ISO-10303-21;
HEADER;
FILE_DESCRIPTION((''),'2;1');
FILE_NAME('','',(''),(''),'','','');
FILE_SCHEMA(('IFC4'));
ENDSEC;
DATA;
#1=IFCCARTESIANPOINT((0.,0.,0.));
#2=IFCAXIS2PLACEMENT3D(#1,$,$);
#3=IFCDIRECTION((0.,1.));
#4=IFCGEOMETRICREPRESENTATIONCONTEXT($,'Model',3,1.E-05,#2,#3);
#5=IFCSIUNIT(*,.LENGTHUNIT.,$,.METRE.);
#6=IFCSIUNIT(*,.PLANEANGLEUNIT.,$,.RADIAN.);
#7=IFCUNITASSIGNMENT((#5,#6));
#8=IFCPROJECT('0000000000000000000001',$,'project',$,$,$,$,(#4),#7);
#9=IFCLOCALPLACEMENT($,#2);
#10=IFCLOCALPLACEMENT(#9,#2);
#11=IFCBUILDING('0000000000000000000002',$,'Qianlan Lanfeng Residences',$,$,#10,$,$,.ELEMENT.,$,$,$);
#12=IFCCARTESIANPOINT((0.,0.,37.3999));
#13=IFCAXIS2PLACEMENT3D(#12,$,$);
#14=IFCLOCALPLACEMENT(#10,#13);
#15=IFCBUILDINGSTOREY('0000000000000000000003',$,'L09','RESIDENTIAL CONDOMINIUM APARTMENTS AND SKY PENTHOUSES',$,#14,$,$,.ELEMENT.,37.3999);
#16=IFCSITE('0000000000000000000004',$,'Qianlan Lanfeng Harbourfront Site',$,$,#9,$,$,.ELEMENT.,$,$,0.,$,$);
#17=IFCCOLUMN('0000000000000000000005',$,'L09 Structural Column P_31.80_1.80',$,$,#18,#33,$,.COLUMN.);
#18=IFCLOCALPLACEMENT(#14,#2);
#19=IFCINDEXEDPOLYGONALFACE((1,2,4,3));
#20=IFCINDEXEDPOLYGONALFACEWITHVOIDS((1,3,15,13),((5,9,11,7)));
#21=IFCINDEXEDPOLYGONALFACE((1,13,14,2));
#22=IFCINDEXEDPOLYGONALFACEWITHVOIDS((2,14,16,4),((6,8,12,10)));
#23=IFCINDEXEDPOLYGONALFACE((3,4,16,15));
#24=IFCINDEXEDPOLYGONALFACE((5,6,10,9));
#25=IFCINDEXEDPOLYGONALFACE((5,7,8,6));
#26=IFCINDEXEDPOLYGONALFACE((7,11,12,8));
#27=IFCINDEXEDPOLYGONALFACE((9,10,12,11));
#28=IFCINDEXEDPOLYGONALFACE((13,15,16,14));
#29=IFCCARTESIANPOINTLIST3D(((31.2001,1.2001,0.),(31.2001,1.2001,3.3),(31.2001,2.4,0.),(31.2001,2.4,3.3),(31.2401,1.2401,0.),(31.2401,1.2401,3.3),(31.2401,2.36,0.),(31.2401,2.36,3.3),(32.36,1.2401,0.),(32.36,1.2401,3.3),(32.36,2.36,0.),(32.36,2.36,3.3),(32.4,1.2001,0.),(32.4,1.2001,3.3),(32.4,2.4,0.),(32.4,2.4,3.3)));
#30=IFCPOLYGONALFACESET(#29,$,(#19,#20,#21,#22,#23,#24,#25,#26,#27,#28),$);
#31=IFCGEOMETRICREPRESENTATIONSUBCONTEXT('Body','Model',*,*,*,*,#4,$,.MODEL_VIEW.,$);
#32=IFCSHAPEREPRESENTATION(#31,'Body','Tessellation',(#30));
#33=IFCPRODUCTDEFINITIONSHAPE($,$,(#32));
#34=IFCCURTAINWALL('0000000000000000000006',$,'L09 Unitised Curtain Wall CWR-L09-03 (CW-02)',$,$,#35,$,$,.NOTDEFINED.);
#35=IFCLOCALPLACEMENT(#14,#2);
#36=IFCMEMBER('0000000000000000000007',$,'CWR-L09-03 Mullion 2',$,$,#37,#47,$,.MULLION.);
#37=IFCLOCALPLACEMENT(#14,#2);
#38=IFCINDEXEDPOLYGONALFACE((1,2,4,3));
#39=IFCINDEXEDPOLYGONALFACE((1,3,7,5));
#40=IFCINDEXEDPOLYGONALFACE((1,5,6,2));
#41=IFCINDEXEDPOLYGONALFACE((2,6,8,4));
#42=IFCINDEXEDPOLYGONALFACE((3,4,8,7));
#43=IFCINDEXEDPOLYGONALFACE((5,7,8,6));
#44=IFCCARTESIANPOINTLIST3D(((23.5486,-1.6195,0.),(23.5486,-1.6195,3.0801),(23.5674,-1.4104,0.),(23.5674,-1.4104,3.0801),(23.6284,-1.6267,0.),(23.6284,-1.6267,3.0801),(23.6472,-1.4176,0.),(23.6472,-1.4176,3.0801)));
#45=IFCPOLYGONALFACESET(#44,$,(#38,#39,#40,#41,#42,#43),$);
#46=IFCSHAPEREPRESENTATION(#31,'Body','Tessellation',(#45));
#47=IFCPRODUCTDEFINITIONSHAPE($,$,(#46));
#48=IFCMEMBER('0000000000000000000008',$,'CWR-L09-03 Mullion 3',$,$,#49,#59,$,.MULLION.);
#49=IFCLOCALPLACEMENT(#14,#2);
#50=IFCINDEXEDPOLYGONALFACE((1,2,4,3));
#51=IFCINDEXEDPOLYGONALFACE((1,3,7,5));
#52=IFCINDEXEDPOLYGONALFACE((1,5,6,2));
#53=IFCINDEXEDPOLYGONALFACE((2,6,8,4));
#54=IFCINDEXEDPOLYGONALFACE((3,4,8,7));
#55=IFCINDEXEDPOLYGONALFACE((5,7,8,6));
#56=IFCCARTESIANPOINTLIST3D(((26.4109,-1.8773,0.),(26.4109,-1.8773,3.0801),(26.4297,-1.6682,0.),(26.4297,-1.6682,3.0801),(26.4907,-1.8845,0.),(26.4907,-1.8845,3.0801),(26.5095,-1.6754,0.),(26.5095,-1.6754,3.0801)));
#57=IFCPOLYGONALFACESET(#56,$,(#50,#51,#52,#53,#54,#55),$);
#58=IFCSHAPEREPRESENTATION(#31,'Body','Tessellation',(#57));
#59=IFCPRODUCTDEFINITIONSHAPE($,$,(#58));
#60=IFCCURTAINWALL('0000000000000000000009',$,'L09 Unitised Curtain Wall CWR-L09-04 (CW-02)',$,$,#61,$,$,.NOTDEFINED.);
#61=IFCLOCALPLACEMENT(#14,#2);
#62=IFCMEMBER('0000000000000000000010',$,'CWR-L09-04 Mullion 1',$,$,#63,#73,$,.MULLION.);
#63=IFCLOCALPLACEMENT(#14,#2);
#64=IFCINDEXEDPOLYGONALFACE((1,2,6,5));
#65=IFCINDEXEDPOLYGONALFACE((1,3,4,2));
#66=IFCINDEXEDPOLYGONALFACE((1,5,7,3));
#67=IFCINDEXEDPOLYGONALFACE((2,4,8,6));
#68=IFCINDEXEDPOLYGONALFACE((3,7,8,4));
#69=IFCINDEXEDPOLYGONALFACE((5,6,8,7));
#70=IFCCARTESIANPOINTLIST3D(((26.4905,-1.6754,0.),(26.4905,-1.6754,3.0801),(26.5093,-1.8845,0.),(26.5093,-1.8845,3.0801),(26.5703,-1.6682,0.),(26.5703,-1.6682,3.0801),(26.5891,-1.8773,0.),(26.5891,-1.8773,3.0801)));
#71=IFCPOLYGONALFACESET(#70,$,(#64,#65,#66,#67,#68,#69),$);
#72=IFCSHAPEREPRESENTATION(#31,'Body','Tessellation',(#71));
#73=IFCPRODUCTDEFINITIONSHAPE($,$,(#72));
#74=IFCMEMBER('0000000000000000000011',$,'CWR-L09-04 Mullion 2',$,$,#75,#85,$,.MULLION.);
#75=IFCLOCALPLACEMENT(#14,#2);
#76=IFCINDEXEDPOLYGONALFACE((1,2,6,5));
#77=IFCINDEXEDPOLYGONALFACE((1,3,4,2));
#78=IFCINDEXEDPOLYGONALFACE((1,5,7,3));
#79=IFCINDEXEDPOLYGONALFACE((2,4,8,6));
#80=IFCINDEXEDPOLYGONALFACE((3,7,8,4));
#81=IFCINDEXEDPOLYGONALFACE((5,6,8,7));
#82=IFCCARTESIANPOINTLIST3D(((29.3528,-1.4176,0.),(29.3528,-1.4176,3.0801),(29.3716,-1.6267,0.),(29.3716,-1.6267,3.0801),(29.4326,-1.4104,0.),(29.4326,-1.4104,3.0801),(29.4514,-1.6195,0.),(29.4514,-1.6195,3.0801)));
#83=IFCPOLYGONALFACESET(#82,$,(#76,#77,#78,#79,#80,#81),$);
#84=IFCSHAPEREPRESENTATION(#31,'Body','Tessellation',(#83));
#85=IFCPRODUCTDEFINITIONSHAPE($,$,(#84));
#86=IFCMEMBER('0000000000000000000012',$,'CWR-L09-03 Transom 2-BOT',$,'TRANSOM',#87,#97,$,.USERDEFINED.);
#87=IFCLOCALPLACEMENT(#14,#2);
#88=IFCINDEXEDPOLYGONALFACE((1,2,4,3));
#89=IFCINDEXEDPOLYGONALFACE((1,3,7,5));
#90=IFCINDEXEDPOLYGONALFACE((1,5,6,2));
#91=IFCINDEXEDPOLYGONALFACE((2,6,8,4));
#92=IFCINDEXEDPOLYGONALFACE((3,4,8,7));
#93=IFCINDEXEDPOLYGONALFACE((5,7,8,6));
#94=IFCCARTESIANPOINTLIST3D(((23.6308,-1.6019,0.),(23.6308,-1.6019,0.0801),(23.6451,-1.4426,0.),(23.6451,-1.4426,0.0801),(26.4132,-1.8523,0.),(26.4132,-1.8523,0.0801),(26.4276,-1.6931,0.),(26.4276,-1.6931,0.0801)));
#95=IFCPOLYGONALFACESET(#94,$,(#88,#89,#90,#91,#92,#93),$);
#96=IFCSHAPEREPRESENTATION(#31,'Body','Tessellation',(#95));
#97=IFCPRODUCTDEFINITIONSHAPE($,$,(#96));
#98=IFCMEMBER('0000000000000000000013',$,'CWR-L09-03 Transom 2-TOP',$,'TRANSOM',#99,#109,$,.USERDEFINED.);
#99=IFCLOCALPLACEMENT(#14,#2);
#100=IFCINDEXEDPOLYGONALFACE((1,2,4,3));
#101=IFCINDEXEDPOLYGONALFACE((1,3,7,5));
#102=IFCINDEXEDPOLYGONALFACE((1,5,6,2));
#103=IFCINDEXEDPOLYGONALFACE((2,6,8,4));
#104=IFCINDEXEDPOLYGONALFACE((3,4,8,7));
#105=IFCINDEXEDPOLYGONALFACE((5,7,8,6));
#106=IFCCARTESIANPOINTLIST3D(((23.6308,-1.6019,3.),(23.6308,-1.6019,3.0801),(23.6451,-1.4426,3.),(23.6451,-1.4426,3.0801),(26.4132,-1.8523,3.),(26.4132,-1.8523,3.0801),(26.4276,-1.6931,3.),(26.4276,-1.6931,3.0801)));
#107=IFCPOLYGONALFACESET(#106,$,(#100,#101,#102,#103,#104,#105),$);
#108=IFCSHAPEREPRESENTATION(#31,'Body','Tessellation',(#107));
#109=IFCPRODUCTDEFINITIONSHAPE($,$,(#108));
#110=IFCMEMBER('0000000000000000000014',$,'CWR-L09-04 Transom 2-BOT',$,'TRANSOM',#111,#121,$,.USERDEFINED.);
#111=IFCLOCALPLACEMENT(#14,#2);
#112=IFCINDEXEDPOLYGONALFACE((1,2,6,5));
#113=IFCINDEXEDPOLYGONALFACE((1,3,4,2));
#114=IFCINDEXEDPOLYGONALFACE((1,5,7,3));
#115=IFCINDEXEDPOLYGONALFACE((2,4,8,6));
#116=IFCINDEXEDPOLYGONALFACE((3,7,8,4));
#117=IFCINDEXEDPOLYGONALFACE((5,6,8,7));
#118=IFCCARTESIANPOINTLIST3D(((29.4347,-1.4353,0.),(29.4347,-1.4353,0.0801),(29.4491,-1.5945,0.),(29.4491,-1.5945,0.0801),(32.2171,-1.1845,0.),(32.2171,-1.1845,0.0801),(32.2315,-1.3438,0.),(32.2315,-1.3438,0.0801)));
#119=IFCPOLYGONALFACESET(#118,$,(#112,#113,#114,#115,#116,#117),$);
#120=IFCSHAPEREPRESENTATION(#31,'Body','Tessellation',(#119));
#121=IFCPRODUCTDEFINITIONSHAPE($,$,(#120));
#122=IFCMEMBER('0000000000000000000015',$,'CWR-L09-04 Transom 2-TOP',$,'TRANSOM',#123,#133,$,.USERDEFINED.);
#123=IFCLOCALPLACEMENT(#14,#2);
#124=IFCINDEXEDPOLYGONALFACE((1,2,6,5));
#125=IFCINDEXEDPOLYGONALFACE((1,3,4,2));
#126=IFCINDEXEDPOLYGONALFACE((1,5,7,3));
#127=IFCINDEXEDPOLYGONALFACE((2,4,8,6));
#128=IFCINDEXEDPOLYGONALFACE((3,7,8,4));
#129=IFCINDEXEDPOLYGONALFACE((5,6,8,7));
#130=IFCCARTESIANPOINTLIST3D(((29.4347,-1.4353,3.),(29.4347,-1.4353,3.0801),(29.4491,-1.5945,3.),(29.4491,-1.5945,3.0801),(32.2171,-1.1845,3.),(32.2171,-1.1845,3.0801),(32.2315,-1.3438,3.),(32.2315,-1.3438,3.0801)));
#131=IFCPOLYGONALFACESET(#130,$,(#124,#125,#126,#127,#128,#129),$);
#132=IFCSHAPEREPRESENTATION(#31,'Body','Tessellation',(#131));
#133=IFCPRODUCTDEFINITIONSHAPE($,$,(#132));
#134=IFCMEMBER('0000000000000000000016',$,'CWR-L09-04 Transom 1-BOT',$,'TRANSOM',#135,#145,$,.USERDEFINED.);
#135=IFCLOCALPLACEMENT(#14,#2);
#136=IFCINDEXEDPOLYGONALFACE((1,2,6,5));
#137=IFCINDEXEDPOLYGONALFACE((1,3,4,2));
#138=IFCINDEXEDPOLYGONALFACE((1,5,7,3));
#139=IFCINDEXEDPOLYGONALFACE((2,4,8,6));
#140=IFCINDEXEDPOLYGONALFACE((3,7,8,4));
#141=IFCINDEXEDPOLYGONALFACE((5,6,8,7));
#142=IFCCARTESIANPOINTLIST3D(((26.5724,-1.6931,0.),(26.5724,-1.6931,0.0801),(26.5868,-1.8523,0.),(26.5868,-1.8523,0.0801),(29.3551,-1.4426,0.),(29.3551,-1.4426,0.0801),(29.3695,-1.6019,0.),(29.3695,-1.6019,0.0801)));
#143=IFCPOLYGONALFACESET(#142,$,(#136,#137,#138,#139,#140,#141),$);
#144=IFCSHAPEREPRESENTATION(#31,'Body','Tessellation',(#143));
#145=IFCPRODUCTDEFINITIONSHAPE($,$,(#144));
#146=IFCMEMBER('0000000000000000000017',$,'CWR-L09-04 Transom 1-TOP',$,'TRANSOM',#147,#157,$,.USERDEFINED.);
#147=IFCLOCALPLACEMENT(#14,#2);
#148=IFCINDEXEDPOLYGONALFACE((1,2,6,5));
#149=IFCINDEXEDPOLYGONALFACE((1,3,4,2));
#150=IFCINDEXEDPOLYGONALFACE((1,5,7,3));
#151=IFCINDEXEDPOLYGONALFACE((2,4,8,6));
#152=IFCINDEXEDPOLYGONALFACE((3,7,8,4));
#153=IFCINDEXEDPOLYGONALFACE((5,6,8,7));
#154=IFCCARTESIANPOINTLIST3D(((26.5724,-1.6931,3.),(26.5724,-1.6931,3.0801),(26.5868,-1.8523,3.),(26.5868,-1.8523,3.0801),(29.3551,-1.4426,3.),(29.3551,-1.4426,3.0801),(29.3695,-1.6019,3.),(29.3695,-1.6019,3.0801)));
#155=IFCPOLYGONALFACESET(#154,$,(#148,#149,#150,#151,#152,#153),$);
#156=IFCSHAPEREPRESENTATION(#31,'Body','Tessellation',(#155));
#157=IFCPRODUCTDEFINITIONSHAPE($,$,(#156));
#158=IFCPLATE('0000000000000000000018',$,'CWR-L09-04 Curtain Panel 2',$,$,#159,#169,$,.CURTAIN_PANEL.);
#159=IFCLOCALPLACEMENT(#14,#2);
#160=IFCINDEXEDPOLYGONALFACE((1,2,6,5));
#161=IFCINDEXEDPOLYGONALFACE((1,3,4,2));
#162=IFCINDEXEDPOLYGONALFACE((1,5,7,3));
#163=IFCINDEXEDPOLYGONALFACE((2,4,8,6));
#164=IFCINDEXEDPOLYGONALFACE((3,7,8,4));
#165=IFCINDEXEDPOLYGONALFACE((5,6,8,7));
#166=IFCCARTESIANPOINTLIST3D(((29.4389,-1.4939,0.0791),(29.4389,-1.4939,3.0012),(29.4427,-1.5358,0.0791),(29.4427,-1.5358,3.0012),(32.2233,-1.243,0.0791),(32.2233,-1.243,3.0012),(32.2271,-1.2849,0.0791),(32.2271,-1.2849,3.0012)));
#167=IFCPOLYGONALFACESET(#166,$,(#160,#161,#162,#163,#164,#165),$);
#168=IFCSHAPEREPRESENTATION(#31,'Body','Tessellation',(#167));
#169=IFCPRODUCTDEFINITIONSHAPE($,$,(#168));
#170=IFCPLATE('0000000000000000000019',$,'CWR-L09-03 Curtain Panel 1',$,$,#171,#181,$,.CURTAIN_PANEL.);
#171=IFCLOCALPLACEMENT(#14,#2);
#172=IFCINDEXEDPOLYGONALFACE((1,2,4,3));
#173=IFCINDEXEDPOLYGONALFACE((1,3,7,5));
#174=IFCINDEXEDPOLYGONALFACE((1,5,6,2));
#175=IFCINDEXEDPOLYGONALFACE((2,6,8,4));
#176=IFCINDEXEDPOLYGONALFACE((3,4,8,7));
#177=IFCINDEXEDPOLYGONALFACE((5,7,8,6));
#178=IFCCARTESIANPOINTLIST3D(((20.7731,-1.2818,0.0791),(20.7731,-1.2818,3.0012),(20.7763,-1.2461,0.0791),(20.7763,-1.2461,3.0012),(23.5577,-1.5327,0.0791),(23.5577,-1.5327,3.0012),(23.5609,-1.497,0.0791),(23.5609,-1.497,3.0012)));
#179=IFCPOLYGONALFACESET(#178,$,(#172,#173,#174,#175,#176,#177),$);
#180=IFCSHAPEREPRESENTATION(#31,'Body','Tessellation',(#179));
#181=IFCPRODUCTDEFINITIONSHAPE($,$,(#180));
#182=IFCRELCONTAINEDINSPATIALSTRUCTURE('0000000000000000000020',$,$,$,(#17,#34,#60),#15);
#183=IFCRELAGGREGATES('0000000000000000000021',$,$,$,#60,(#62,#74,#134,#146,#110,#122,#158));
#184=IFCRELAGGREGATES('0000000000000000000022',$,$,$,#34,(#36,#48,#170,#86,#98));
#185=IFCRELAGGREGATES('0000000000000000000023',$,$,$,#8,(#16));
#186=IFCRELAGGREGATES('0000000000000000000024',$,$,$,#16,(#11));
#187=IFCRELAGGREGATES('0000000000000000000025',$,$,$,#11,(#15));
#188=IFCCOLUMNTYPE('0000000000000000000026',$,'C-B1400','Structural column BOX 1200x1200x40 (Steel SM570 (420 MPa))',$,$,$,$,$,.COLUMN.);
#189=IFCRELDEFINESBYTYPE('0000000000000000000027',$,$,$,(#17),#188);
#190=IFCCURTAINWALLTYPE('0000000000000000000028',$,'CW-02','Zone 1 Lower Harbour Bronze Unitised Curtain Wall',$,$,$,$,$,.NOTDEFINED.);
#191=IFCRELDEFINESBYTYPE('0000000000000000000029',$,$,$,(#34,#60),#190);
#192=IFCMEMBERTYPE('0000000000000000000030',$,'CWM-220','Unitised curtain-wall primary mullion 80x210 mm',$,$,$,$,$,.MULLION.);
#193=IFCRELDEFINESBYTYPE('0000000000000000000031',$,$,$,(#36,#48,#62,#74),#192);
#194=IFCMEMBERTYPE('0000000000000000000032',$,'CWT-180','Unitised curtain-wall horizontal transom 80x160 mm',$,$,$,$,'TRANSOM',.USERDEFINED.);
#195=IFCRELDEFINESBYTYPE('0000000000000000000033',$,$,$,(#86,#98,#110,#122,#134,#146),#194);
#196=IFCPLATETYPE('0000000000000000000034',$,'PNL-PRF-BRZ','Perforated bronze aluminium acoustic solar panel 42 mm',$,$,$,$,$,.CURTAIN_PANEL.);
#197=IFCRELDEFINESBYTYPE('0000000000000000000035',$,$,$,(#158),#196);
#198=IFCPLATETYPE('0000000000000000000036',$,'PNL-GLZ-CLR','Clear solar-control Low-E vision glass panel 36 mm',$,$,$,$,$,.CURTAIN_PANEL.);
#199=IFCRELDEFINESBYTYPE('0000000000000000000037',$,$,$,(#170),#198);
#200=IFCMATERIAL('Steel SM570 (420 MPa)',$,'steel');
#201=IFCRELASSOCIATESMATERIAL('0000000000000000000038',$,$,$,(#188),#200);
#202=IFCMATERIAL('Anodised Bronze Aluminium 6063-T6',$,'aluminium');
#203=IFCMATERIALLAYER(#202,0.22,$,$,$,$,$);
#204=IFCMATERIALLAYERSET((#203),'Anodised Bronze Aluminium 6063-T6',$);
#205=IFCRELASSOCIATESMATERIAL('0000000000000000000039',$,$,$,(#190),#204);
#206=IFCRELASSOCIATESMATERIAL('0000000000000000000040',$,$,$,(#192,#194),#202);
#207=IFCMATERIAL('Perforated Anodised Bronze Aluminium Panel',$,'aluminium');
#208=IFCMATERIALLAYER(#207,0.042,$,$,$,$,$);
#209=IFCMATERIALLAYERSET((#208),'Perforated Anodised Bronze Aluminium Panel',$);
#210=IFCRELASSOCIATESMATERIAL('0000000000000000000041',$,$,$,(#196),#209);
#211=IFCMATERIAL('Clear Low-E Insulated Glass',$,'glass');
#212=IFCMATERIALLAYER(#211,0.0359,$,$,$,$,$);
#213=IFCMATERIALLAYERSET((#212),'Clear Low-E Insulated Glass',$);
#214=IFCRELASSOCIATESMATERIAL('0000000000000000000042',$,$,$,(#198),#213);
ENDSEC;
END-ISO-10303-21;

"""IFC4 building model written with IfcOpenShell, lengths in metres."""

from ifc_helpers import new_model, si_unit, direction, frame, origin, origin_2d, place, context, subcontext, project, spatial, rectangle, hollow_rectangle, extrude, source, transform, mapped, material, layer, layer_set, material_profile, profile_set, type_object, element, aggregate, save


model = new_model("IFC4")

# Units and contexts
model_context = context("Model", 3, precision=1e-05, world=origin(), true_north=direction((0.0, 1.0)))
body_context = subcontext(model_context, "Body", "Model", "MODEL_VIEW")
ifc_project = project(units=[si_unit("LENGTHUNIT", "METRE"), si_unit("PLANEANGLEUNIT", "RADIAN")], contexts=[model_context])

# Site, building, storey
site_placement = place(None, origin())
site = spatial("IfcSite", under=ifc_project, at=site_placement, Name="Qianlan Lanfeng Harbourfront Site", CompositionType="ELEMENT", RefElevation=0.0)
building_placement = place(site_placement, origin())
building = spatial("IfcBuilding", under=site, at=building_placement, Name="Qianlan Lanfeng Residences", CompositionType="ELEMENT")
storey_placement = place(building_placement, frame((0.0, 0.0, 37.3999)))
storey = spatial("IfcBuildingStorey", under=building, at=storey_placement, Name="L09", Description="RESIDENTIAL CONDOMINIUM APARTMENTS AND SKY PENTHOUSES", CompositionType="ELEMENT", Elevation=37.3999)

# Column
ifc_material_1 = material(Name="Steel SM570 (420 MPa)", Category="steel")
ifc_material_profile_1 = material_profile(ifc_material_1, hollow_rectangle(XDim=1.2, YDim=1.2, WallThickness=0.04, at=origin_2d()), Name="BOX 1200x1200x40")
ifc_profile_set_1 = profile_set([ifc_material_profile_1], Name="Steel SM570 (420 MPa)")
column_type = type_object("IfcColumnType", Name="C-B1400", Description="Structural column BOX 1200x1200x40 (Steel SM570 (420 MPa))", PredefinedType="COLUMN", material=ifc_profile_set_1)
column_placement = place(storey_placement, frame((31.8, 1.8, 0.0), z_axis=(0.0, 0.0, 1.0), x_axis=(1.0, 0.0, 0.0)))
element("IfcColumn", 1, at=column_placement, inside=storey, type_object=column_type, Name="L09 Structural Column P_31.80_1.80", PredefinedType="COLUMN", context=body_context, shape_type="SweptSolid", body=[
    extrude(hollow_rectangle(XDim=1.2, YDim=1.2, WallThickness=0.04, at=origin_2d()), origin(), (0.0, 0.0, 1.0), 3.3),
])

# Curtain walls, members
ifc_material_2 = material(Name="Anodised Bronze Aluminium 6063-T6", Category="aluminium")
ifc_layer_1 = layer(ifc_material_2, 0.22)
ifc_layer_set_1 = layer_set([ifc_layer_1], Name="Anodised Bronze Aluminium 6063-T6")
curtain_wall_type = type_object("IfcCurtainWallType", Name="CW-02", Description="Zone 1 Lower Harbour Bronze Unitised Curtain Wall", PredefinedType="NOTDEFINED", material=ifc_layer_set_1)
curtain_wall_1_placement = place(storey_placement, origin())
curtain_wall_1 = element("IfcCurtainWall", 2, at=curtain_wall_1_placement, inside=storey, type_object=curtain_wall_type, Name="L09 Unitised Curtain Wall CWR-L09-03 (CW-02)", PredefinedType="NOTDEFINED")
ifc_material_profile_2 = material_profile(ifc_material_2, rectangle(XDim=0.0801, YDim=0.21, at=origin_2d()), Name="ALU MULLION 80x210")
ifc_profile_set_2 = profile_set([ifc_material_profile_2], Name="Anodised Bronze Aluminium 6063-T6")
member_type_1 = type_object("IfcMemberType", Name="CWM-220", Description="Unitised curtain-wall primary mullion 80x210 mm", PredefinedType="MULLION", material=ifc_profile_set_2)
shared_shape_1 = source(origin(), body_context, "Body", "SweptSolid", [
    extrude(rectangle(XDim=0.0801, YDim=0.21, at=origin_2d()), origin(), (0.0, 0.0, 1.0), 3.0801),
])
member_1_placement = place(storey_placement, frame((23.5979, -1.5186, 0.0), z_axis=(0.0, 0.0, 1.0), x_axis=(0.995965, -0.089746, 0.0)))
member_1 = element("IfcMember", 3, at=member_1_placement, type_object=member_type_1, Name="CWR-L09-03 Mullion 2", PredefinedType="MULLION", context=body_context, shape_type="MappedRepresentation", body=[
    mapped(shared_shape_1, transform((0.0, 0.0, 0.0), scale=1.0)),
])
member_2_placement = place(storey_placement, frame((26.4602, -1.7764, 0.0), z_axis=(0.0, 0.0, 1.0), x_axis=(0.995965, -0.089746, 0.0)))
member_2 = element("IfcMember", 4, at=member_2_placement, type_object=member_type_1, Name="CWR-L09-03 Mullion 3", PredefinedType="MULLION", context=body_context, shape_type="MappedRepresentation", body=[
    mapped(shared_shape_1, transform((0.0, 0.0, 0.0), scale=1.0)),
])
curtain_wall_2_placement = place(storey_placement, origin())
curtain_wall_2 = element("IfcCurtainWall", 5, at=curtain_wall_2_placement, inside=storey, type_object=curtain_wall_type, Name="L09 Unitised Curtain Wall CWR-L09-04 (CW-02)", PredefinedType="NOTDEFINED")
member_3_placement = place(storey_placement, frame((26.5398, -1.7764, 0.0), z_axis=(0.0, 0.0, 1.0), x_axis=(0.995965, 0.089746, 0.0)))
member_3 = element("IfcMember", 6, at=member_3_placement, type_object=member_type_1, Name="CWR-L09-04 Mullion 1", PredefinedType="MULLION", context=body_context, shape_type="MappedRepresentation", body=[
    mapped(shared_shape_1, transform((0.0, 0.0, 0.0), scale=1.0)),
])
member_4_placement = place(storey_placement, frame((29.4021, -1.5186, 0.0), z_axis=(0.0, 0.0, 1.0), x_axis=(0.995965, 0.089746, 0.0)))
member_4 = element("IfcMember", 7, at=member_4_placement, type_object=member_type_1, Name="CWR-L09-04 Mullion 2", PredefinedType="MULLION", context=body_context, shape_type="MappedRepresentation", body=[
    mapped(shared_shape_1, transform((0.0, 0.0, 0.0), scale=1.0)),
])

# Members
ifc_material_profile_3 = material_profile(ifc_material_2, rectangle(XDim=0.0801, YDim=0.1599, at=origin_2d()), Name="ALU TRANSOM 80x160")
ifc_profile_set_3 = profile_set([ifc_material_profile_3], Name="Anodised Bronze Aluminium 6063-T6")
member_type_2 = type_object("IfcMemberType", Name="CWT-180", Description="Unitised curtain-wall horizontal transom 80x160 mm", ElementType="TRANSOM", PredefinedType="USERDEFINED", material=ifc_profile_set_3)
shared_shape_2 = source(origin(), body_context, "Body", "SweptSolid", [
    extrude(rectangle(XDim=0.0801, YDim=0.1599, at=origin_2d()), origin(), (0.0, 0.0, 1.0), 2.7937),
])
member_5_placement = place(storey_placement, frame((23.6379, -1.5222, 0.04), z_axis=(0.995972, -0.089661, 0.0), x_axis=(0.0, 0.0, 1.0)))
member_5 = element("IfcMember", 8, at=member_5_placement, type_object=member_type_2, Name="CWR-L09-03 Transom 2-BOT", ObjectType="TRANSOM", PredefinedType="USERDEFINED", context=body_context, shape_type="MappedRepresentation", body=[
    mapped(shared_shape_2, transform((0.0, 0.0, 0.0), scale=1.0)),
])
member_6_placement = place(storey_placement, frame((23.6379, -1.5222, 3.04), z_axis=(0.995972, -0.089661, 0.0), x_axis=(0.0, 0.0, 1.0)))
member_6 = element("IfcMember", 9, at=member_6_placement, type_object=member_type_2, Name="CWR-L09-03 Transom 2-TOP", ObjectType="TRANSOM", PredefinedType="USERDEFINED", context=body_context, shape_type="MappedRepresentation", body=[
    mapped(shared_shape_2, transform((0.0, 0.0, 0.0), scale=1.0)),
])
member_7_placement = place(storey_placement, frame((29.4419, -1.5149, 0.04), z_axis=(0.995965, 0.089748, 0.0), x_axis=(0.0, 0.0, 1.0)))
member_7 = element("IfcMember", 10, at=member_7_placement, type_object=member_type_2, Name="CWR-L09-04 Transom 2-BOT", ObjectType="TRANSOM", PredefinedType="USERDEFINED", context=body_context, shape_type="MappedRepresentation", body=[
    mapped(shared_shape_2, transform((0.0, 0.0, 0.0), scale=1.0)),
])
member_8_placement = place(storey_placement, frame((29.4419, -1.5149, 3.04), z_axis=(0.995965, 0.089748, 0.0), x_axis=(0.0, 0.0, 1.0)))
member_8 = element("IfcMember", 11, at=member_8_placement, type_object=member_type_2, Name="CWR-L09-04 Transom 2-TOP", ObjectType="TRANSOM", PredefinedType="USERDEFINED", context=body_context, shape_type="MappedRepresentation", body=[
    mapped(shared_shape_2, transform((0.0, 0.0, 0.0), scale=1.0)),
])
shared_shape_3 = source(origin(), body_context, "Body", "SweptSolid", [
    extrude(rectangle(XDim=0.0801, YDim=0.1599, at=origin_2d()), origin(), (0.0, 0.0, 1.0), 2.7939),
])
member_9_placement = place(storey_placement, frame((26.5796, -1.7727, 0.04), z_axis=(0.995973, 0.089653, 0.0), x_axis=(0.0, 0.0, 1.0)))
member_9 = element("IfcMember", 12, at=member_9_placement, type_object=member_type_2, Name="CWR-L09-04 Transom 1-BOT", ObjectType="TRANSOM", PredefinedType="USERDEFINED", context=body_context, shape_type="MappedRepresentation", body=[
    mapped(shared_shape_3, transform((0.0, 0.0, 0.0), scale=1.0)),
])
member_10_placement = place(storey_placement, frame((26.5796, -1.7727, 3.04), z_axis=(0.995973, 0.089653, 0.0), x_axis=(0.0, 0.0, 1.0)))
member_10 = element("IfcMember", 13, at=member_10_placement, type_object=member_type_2, Name="CWR-L09-04 Transom 1-TOP", ObjectType="TRANSOM", PredefinedType="USERDEFINED", context=body_context, shape_type="MappedRepresentation", body=[
    mapped(shared_shape_3, transform((0.0, 0.0, 0.0), scale=1.0)),
])

# Plates
ifc_material_3 = material(Name="Perforated Anodised Bronze Aluminium Panel", Category="aluminium")
ifc_layer_2 = layer(ifc_material_3, 0.042)
ifc_layer_set_2 = layer_set([ifc_layer_2], Name="Perforated Anodised Bronze Aluminium Panel")
plate_type_1 = type_object("IfcPlateType", Name="PNL-PRF-BRZ", Description="Perforated bronze aluminium acoustic solar panel 42 mm", PredefinedType="CURTAIN_PANEL", material=ifc_layer_set_2)
shared_shape_4 = source(origin(), body_context, "Body", "SweptSolid", [
    extrude(rectangle(XDim=2.7957, YDim=0.042, at=origin_2d()), origin(), (0.0, 0.0, 1.0), 2.9221),
])
plate_1_placement = place(storey_placement, frame((30.833, -1.3894, 0.0791), z_axis=(0.0, 0.0, 1.0), x_axis=(0.995965, 0.089746, 0.0)))
plate_1 = element("IfcPlate", 14, at=plate_1_placement, type_object=plate_type_1, Name="CWR-L09-04 Curtain Panel 2", PredefinedType="CURTAIN_PANEL", context=body_context, shape_type="MappedRepresentation", body=[
    mapped(shared_shape_4, transform((0.0, 0.0, 0.0), scale=1.0)),
])
ifc_material_4 = material(Name="Clear Low-E Insulated Glass", Category="glass")
ifc_layer_3 = layer(ifc_material_4, 0.0359)
ifc_layer_set_3 = layer_set([ifc_layer_3], Name="Clear Low-E Insulated Glass")
plate_type_2 = type_object("IfcPlateType", Name="PNL-GLZ-CLR", Description="Clear solar-control Low-E vision glass panel 36 mm", PredefinedType="CURTAIN_PANEL", material=ifc_layer_set_3)
shared_shape_5 = source(origin(), body_context, "Body", "SweptSolid", [
    extrude(rectangle(XDim=2.7959, YDim=0.0359, at=origin_2d()), origin(), (0.0, 0.0, 1.0), 2.9221),
])
plate_2_placement = place(storey_placement, frame((22.167, -1.3894, 0.0791), z_axis=(0.0, 0.0, 1.0), x_axis=(0.995965, -0.089746, 0.0)))
plate_2 = element("IfcPlate", 15, at=plate_2_placement, type_object=plate_type_2, Name="CWR-L09-03 Curtain Panel 1", PredefinedType="CURTAIN_PANEL", context=body_context, shape_type="MappedRepresentation", body=[
    mapped(shared_shape_5, transform((0.0, 0.0, 0.0), scale=1.0)),
])
aggregate(curtain_wall_2, [member_3, member_4, member_9, member_10, member_7, member_8, plate_1])
aggregate(curtain_wall_1, [member_1, member_2, plate_2, member_5, member_6])

save(model, "model.ifc")
